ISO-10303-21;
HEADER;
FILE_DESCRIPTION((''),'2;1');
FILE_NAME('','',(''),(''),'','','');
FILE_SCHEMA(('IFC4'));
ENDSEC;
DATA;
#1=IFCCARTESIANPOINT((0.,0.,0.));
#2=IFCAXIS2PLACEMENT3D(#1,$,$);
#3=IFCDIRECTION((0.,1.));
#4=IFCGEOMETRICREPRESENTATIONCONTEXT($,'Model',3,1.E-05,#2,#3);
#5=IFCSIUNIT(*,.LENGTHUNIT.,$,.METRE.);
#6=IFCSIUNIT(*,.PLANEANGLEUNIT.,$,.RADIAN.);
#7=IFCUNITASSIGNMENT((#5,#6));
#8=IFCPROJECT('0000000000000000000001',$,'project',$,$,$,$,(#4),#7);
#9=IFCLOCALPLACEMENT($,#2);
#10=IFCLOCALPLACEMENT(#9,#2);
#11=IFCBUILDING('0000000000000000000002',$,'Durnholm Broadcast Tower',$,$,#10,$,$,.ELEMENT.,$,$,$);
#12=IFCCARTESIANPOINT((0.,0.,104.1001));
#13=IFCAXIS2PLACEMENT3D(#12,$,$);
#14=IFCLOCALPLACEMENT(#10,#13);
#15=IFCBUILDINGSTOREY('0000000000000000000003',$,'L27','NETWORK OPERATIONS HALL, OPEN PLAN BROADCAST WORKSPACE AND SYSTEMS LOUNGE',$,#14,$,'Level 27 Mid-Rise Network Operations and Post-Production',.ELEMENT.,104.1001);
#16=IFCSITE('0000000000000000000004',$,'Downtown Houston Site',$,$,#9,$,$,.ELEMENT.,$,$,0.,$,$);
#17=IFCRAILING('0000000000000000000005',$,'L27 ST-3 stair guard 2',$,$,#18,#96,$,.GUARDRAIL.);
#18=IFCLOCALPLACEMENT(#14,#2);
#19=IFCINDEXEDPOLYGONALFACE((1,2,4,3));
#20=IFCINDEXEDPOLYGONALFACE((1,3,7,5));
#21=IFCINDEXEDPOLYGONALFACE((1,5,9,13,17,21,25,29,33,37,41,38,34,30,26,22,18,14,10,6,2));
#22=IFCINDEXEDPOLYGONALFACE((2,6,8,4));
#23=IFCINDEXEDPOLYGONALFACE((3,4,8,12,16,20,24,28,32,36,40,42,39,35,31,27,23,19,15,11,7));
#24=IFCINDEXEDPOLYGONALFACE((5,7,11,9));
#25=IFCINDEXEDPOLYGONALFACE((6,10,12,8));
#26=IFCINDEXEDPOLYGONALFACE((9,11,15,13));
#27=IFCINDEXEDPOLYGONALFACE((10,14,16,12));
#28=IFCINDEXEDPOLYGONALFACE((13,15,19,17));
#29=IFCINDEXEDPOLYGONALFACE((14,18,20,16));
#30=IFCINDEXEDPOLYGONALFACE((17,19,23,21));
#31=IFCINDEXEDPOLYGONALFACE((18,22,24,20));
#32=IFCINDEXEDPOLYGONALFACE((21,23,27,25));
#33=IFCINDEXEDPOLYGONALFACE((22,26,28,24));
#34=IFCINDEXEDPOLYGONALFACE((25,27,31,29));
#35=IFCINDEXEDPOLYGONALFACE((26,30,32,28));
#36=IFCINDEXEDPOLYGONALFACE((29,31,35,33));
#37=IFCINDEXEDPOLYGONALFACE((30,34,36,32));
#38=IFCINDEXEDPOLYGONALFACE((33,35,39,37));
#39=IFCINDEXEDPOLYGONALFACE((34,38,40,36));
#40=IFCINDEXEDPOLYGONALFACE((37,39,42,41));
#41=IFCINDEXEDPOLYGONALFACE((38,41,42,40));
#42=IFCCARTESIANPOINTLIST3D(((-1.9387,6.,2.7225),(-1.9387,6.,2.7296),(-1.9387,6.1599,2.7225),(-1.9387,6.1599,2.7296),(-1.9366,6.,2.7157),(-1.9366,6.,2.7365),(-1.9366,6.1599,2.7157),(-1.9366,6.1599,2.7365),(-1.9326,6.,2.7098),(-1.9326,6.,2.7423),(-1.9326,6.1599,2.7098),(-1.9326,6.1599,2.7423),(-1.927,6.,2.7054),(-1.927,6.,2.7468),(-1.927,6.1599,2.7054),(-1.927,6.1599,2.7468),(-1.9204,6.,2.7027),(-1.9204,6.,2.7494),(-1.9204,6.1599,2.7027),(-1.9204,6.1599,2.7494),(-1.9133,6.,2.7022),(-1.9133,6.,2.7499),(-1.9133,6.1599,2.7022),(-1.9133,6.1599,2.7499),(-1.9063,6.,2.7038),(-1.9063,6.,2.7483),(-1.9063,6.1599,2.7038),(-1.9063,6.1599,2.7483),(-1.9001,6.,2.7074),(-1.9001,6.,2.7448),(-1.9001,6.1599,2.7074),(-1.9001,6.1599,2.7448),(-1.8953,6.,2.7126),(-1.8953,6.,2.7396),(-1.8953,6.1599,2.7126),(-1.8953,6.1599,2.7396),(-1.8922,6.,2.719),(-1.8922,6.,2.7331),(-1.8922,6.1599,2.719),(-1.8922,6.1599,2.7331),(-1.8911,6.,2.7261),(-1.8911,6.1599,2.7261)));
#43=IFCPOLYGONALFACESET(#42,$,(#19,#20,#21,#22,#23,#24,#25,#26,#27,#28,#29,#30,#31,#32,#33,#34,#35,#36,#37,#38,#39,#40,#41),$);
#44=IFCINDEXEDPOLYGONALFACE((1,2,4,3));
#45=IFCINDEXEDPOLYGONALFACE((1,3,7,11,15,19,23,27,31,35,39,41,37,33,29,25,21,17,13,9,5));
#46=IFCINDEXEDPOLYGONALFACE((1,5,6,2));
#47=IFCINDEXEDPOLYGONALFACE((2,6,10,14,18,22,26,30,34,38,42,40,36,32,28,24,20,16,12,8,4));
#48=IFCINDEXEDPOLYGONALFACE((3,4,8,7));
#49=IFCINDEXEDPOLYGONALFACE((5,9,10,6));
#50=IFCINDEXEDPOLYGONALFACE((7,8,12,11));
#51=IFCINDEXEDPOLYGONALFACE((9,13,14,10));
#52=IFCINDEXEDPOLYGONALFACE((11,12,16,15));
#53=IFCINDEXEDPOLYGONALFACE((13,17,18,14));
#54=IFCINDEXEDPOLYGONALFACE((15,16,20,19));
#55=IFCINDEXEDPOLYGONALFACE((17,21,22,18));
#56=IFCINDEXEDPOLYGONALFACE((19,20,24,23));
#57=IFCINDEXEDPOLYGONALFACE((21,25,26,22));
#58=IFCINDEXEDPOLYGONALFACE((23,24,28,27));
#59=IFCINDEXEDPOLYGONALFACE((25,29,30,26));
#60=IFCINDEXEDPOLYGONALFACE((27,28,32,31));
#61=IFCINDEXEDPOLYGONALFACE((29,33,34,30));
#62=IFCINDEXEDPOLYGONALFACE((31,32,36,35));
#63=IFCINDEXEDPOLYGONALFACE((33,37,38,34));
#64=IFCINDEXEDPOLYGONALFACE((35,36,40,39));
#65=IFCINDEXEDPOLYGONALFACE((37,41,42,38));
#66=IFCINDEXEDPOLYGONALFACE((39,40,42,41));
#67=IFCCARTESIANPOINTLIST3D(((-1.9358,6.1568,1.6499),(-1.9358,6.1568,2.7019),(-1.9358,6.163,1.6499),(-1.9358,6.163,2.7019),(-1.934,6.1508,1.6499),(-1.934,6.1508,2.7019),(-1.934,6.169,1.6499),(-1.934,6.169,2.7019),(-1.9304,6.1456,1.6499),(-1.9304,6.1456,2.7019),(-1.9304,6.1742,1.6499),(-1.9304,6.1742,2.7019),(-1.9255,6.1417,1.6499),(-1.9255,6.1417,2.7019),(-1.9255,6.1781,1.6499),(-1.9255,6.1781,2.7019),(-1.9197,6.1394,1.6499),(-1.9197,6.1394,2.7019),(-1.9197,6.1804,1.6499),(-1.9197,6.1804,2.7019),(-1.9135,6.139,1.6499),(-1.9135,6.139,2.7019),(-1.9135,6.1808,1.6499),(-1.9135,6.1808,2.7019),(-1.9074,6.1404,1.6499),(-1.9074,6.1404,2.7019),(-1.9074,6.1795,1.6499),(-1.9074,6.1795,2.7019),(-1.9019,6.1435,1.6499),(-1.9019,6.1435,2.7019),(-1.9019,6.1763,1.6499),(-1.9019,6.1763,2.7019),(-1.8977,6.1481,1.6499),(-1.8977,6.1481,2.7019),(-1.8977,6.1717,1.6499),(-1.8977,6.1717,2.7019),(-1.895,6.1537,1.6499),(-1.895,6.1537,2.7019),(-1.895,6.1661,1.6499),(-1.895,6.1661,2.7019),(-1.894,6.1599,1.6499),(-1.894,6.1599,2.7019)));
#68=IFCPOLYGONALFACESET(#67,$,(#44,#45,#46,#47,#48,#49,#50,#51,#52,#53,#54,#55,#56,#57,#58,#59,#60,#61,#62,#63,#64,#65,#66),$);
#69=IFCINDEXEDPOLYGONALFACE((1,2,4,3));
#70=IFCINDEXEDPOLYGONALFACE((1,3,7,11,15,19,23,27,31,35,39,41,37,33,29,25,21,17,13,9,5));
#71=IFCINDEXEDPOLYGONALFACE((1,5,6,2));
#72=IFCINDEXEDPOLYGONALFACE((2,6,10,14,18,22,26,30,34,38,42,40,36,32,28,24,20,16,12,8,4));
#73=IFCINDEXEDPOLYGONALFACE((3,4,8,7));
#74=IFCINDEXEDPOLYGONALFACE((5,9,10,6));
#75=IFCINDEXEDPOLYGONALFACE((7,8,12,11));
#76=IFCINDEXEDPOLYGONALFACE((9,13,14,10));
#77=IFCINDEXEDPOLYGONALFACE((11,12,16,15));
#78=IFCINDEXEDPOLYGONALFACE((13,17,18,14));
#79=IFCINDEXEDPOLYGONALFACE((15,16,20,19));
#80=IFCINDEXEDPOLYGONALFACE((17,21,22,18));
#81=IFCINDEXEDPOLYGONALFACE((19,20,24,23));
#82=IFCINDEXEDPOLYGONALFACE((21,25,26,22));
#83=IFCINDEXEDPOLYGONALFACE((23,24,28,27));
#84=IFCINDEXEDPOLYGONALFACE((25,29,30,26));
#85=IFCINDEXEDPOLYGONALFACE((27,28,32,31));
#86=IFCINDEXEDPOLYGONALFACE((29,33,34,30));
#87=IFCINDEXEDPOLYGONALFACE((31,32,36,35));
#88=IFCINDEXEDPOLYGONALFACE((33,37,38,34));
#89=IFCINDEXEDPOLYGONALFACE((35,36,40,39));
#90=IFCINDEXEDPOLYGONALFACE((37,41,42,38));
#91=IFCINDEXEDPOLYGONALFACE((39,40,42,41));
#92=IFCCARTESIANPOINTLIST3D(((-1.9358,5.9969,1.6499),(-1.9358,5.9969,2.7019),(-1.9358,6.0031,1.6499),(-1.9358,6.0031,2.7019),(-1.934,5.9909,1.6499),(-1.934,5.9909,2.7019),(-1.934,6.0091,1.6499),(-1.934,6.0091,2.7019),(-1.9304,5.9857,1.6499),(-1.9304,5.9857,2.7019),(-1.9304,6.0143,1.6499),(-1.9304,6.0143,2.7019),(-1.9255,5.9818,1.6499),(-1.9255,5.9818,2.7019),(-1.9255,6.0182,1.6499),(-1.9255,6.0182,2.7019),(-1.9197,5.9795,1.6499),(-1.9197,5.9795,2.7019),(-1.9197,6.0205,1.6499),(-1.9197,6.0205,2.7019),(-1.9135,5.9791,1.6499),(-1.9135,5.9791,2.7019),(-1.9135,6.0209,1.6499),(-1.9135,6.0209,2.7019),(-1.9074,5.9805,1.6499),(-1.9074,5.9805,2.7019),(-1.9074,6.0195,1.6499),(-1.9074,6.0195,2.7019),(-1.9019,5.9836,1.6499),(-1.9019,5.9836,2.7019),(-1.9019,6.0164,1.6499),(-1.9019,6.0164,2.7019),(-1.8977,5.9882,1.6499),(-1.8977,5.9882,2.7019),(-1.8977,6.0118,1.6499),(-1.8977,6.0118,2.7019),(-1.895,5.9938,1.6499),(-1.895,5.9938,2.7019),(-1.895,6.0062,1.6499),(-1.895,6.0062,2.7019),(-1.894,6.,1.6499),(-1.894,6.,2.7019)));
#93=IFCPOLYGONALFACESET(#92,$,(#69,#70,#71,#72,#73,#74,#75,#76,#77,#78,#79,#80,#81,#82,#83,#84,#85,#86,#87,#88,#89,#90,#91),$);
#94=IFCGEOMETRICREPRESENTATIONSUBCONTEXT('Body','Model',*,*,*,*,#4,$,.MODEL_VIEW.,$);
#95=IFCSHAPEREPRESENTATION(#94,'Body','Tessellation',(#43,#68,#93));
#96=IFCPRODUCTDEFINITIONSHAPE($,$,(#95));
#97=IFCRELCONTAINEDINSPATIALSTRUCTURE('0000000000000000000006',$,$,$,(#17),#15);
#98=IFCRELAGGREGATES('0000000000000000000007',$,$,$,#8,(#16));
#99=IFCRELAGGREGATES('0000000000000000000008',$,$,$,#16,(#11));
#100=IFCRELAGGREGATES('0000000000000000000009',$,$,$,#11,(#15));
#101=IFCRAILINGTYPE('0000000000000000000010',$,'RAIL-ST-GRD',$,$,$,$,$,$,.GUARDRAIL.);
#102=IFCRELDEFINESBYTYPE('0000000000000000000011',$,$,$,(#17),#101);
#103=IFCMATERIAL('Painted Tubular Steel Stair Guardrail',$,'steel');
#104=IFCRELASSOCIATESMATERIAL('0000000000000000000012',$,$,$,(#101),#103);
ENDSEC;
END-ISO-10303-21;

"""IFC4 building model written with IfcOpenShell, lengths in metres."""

from ifc_helpers import new_model, si_unit, direction, frame, origin, origin_2d, place, context, subcontext, project, spatial, circle, extrude, material, type_object, element, save


model = new_model("IFC4")

# Units and contexts
model_context = context("Model", 3, precision=1e-05, world=origin(), true_north=direction((0.0, 1.0)))
body_context = subcontext(model_context, "Body", "Model", "MODEL_VIEW")
ifc_project = project(units=[si_unit("LENGTHUNIT", "METRE"), si_unit("PLANEANGLEUNIT", "RADIAN")], contexts=[model_context])

# Site, building, storey
site_placement = place(None, origin())
site = spatial("IfcSite", under=ifc_project, at=site_placement, Name="Downtown Houston Site", CompositionType="ELEMENT", RefElevation=0.0)
building_placement = place(site_placement, origin())
building = spatial("IfcBuilding", under=site, at=building_placement, Name="Durnholm Broadcast Tower", CompositionType="ELEMENT")
storey_placement = place(building_placement, frame((0.0, 0.0, 104.1001)))
storey = spatial("IfcBuildingStorey", under=building, at=storey_placement, Name="L27", Description="NETWORK OPERATIONS HALL, OPEN PLAN BROADCAST WORKSPACE AND SYSTEMS LOUNGE", LongName="Level 27 Mid-Rise Network Operations and Post-Production", CompositionType="ELEMENT", Elevation=104.1001)

# Railing
ifc_material_1 = material(Name="Painted Tubular Steel Stair Guardrail", Category="steel")
railing_type_1 = type_object("IfcRailingType", Name="RAIL-ST-GRD", PredefinedType="GUARDRAIL", material=ifc_material_1)
railing_1_placement = place(storey_placement, frame((-1.915, 6.1599, 1.6499)))
element("IfcRailing", 1, at=railing_1_placement, inside=storey, type_object=railing_type_1, Name="L27 ST-3 stair guard 2", PredefinedType="GUARDRAIL", context=body_context, shape_type="SweptSolid", body=[
    extrude(circle(Radius=0.0239, at=origin_2d()), frame((0.0, 0.0, 1.0762), z_axis=(0.0, -1.0, 0.0), x_axis=(1.0, 0.0, 0.0)), (0.0, 0.0, 1.0), 0.1599),
    extrude(circle(Radius=0.021, at=origin_2d()), origin(), (0.0, 0.0, 1.0), 1.052),
    extrude(circle(Radius=0.021, at=origin_2d()), frame((0.0, -0.1599, 0.0)), (0.0, 0.0, 1.0), 1.052),
])

save(model, "model.ifc")
